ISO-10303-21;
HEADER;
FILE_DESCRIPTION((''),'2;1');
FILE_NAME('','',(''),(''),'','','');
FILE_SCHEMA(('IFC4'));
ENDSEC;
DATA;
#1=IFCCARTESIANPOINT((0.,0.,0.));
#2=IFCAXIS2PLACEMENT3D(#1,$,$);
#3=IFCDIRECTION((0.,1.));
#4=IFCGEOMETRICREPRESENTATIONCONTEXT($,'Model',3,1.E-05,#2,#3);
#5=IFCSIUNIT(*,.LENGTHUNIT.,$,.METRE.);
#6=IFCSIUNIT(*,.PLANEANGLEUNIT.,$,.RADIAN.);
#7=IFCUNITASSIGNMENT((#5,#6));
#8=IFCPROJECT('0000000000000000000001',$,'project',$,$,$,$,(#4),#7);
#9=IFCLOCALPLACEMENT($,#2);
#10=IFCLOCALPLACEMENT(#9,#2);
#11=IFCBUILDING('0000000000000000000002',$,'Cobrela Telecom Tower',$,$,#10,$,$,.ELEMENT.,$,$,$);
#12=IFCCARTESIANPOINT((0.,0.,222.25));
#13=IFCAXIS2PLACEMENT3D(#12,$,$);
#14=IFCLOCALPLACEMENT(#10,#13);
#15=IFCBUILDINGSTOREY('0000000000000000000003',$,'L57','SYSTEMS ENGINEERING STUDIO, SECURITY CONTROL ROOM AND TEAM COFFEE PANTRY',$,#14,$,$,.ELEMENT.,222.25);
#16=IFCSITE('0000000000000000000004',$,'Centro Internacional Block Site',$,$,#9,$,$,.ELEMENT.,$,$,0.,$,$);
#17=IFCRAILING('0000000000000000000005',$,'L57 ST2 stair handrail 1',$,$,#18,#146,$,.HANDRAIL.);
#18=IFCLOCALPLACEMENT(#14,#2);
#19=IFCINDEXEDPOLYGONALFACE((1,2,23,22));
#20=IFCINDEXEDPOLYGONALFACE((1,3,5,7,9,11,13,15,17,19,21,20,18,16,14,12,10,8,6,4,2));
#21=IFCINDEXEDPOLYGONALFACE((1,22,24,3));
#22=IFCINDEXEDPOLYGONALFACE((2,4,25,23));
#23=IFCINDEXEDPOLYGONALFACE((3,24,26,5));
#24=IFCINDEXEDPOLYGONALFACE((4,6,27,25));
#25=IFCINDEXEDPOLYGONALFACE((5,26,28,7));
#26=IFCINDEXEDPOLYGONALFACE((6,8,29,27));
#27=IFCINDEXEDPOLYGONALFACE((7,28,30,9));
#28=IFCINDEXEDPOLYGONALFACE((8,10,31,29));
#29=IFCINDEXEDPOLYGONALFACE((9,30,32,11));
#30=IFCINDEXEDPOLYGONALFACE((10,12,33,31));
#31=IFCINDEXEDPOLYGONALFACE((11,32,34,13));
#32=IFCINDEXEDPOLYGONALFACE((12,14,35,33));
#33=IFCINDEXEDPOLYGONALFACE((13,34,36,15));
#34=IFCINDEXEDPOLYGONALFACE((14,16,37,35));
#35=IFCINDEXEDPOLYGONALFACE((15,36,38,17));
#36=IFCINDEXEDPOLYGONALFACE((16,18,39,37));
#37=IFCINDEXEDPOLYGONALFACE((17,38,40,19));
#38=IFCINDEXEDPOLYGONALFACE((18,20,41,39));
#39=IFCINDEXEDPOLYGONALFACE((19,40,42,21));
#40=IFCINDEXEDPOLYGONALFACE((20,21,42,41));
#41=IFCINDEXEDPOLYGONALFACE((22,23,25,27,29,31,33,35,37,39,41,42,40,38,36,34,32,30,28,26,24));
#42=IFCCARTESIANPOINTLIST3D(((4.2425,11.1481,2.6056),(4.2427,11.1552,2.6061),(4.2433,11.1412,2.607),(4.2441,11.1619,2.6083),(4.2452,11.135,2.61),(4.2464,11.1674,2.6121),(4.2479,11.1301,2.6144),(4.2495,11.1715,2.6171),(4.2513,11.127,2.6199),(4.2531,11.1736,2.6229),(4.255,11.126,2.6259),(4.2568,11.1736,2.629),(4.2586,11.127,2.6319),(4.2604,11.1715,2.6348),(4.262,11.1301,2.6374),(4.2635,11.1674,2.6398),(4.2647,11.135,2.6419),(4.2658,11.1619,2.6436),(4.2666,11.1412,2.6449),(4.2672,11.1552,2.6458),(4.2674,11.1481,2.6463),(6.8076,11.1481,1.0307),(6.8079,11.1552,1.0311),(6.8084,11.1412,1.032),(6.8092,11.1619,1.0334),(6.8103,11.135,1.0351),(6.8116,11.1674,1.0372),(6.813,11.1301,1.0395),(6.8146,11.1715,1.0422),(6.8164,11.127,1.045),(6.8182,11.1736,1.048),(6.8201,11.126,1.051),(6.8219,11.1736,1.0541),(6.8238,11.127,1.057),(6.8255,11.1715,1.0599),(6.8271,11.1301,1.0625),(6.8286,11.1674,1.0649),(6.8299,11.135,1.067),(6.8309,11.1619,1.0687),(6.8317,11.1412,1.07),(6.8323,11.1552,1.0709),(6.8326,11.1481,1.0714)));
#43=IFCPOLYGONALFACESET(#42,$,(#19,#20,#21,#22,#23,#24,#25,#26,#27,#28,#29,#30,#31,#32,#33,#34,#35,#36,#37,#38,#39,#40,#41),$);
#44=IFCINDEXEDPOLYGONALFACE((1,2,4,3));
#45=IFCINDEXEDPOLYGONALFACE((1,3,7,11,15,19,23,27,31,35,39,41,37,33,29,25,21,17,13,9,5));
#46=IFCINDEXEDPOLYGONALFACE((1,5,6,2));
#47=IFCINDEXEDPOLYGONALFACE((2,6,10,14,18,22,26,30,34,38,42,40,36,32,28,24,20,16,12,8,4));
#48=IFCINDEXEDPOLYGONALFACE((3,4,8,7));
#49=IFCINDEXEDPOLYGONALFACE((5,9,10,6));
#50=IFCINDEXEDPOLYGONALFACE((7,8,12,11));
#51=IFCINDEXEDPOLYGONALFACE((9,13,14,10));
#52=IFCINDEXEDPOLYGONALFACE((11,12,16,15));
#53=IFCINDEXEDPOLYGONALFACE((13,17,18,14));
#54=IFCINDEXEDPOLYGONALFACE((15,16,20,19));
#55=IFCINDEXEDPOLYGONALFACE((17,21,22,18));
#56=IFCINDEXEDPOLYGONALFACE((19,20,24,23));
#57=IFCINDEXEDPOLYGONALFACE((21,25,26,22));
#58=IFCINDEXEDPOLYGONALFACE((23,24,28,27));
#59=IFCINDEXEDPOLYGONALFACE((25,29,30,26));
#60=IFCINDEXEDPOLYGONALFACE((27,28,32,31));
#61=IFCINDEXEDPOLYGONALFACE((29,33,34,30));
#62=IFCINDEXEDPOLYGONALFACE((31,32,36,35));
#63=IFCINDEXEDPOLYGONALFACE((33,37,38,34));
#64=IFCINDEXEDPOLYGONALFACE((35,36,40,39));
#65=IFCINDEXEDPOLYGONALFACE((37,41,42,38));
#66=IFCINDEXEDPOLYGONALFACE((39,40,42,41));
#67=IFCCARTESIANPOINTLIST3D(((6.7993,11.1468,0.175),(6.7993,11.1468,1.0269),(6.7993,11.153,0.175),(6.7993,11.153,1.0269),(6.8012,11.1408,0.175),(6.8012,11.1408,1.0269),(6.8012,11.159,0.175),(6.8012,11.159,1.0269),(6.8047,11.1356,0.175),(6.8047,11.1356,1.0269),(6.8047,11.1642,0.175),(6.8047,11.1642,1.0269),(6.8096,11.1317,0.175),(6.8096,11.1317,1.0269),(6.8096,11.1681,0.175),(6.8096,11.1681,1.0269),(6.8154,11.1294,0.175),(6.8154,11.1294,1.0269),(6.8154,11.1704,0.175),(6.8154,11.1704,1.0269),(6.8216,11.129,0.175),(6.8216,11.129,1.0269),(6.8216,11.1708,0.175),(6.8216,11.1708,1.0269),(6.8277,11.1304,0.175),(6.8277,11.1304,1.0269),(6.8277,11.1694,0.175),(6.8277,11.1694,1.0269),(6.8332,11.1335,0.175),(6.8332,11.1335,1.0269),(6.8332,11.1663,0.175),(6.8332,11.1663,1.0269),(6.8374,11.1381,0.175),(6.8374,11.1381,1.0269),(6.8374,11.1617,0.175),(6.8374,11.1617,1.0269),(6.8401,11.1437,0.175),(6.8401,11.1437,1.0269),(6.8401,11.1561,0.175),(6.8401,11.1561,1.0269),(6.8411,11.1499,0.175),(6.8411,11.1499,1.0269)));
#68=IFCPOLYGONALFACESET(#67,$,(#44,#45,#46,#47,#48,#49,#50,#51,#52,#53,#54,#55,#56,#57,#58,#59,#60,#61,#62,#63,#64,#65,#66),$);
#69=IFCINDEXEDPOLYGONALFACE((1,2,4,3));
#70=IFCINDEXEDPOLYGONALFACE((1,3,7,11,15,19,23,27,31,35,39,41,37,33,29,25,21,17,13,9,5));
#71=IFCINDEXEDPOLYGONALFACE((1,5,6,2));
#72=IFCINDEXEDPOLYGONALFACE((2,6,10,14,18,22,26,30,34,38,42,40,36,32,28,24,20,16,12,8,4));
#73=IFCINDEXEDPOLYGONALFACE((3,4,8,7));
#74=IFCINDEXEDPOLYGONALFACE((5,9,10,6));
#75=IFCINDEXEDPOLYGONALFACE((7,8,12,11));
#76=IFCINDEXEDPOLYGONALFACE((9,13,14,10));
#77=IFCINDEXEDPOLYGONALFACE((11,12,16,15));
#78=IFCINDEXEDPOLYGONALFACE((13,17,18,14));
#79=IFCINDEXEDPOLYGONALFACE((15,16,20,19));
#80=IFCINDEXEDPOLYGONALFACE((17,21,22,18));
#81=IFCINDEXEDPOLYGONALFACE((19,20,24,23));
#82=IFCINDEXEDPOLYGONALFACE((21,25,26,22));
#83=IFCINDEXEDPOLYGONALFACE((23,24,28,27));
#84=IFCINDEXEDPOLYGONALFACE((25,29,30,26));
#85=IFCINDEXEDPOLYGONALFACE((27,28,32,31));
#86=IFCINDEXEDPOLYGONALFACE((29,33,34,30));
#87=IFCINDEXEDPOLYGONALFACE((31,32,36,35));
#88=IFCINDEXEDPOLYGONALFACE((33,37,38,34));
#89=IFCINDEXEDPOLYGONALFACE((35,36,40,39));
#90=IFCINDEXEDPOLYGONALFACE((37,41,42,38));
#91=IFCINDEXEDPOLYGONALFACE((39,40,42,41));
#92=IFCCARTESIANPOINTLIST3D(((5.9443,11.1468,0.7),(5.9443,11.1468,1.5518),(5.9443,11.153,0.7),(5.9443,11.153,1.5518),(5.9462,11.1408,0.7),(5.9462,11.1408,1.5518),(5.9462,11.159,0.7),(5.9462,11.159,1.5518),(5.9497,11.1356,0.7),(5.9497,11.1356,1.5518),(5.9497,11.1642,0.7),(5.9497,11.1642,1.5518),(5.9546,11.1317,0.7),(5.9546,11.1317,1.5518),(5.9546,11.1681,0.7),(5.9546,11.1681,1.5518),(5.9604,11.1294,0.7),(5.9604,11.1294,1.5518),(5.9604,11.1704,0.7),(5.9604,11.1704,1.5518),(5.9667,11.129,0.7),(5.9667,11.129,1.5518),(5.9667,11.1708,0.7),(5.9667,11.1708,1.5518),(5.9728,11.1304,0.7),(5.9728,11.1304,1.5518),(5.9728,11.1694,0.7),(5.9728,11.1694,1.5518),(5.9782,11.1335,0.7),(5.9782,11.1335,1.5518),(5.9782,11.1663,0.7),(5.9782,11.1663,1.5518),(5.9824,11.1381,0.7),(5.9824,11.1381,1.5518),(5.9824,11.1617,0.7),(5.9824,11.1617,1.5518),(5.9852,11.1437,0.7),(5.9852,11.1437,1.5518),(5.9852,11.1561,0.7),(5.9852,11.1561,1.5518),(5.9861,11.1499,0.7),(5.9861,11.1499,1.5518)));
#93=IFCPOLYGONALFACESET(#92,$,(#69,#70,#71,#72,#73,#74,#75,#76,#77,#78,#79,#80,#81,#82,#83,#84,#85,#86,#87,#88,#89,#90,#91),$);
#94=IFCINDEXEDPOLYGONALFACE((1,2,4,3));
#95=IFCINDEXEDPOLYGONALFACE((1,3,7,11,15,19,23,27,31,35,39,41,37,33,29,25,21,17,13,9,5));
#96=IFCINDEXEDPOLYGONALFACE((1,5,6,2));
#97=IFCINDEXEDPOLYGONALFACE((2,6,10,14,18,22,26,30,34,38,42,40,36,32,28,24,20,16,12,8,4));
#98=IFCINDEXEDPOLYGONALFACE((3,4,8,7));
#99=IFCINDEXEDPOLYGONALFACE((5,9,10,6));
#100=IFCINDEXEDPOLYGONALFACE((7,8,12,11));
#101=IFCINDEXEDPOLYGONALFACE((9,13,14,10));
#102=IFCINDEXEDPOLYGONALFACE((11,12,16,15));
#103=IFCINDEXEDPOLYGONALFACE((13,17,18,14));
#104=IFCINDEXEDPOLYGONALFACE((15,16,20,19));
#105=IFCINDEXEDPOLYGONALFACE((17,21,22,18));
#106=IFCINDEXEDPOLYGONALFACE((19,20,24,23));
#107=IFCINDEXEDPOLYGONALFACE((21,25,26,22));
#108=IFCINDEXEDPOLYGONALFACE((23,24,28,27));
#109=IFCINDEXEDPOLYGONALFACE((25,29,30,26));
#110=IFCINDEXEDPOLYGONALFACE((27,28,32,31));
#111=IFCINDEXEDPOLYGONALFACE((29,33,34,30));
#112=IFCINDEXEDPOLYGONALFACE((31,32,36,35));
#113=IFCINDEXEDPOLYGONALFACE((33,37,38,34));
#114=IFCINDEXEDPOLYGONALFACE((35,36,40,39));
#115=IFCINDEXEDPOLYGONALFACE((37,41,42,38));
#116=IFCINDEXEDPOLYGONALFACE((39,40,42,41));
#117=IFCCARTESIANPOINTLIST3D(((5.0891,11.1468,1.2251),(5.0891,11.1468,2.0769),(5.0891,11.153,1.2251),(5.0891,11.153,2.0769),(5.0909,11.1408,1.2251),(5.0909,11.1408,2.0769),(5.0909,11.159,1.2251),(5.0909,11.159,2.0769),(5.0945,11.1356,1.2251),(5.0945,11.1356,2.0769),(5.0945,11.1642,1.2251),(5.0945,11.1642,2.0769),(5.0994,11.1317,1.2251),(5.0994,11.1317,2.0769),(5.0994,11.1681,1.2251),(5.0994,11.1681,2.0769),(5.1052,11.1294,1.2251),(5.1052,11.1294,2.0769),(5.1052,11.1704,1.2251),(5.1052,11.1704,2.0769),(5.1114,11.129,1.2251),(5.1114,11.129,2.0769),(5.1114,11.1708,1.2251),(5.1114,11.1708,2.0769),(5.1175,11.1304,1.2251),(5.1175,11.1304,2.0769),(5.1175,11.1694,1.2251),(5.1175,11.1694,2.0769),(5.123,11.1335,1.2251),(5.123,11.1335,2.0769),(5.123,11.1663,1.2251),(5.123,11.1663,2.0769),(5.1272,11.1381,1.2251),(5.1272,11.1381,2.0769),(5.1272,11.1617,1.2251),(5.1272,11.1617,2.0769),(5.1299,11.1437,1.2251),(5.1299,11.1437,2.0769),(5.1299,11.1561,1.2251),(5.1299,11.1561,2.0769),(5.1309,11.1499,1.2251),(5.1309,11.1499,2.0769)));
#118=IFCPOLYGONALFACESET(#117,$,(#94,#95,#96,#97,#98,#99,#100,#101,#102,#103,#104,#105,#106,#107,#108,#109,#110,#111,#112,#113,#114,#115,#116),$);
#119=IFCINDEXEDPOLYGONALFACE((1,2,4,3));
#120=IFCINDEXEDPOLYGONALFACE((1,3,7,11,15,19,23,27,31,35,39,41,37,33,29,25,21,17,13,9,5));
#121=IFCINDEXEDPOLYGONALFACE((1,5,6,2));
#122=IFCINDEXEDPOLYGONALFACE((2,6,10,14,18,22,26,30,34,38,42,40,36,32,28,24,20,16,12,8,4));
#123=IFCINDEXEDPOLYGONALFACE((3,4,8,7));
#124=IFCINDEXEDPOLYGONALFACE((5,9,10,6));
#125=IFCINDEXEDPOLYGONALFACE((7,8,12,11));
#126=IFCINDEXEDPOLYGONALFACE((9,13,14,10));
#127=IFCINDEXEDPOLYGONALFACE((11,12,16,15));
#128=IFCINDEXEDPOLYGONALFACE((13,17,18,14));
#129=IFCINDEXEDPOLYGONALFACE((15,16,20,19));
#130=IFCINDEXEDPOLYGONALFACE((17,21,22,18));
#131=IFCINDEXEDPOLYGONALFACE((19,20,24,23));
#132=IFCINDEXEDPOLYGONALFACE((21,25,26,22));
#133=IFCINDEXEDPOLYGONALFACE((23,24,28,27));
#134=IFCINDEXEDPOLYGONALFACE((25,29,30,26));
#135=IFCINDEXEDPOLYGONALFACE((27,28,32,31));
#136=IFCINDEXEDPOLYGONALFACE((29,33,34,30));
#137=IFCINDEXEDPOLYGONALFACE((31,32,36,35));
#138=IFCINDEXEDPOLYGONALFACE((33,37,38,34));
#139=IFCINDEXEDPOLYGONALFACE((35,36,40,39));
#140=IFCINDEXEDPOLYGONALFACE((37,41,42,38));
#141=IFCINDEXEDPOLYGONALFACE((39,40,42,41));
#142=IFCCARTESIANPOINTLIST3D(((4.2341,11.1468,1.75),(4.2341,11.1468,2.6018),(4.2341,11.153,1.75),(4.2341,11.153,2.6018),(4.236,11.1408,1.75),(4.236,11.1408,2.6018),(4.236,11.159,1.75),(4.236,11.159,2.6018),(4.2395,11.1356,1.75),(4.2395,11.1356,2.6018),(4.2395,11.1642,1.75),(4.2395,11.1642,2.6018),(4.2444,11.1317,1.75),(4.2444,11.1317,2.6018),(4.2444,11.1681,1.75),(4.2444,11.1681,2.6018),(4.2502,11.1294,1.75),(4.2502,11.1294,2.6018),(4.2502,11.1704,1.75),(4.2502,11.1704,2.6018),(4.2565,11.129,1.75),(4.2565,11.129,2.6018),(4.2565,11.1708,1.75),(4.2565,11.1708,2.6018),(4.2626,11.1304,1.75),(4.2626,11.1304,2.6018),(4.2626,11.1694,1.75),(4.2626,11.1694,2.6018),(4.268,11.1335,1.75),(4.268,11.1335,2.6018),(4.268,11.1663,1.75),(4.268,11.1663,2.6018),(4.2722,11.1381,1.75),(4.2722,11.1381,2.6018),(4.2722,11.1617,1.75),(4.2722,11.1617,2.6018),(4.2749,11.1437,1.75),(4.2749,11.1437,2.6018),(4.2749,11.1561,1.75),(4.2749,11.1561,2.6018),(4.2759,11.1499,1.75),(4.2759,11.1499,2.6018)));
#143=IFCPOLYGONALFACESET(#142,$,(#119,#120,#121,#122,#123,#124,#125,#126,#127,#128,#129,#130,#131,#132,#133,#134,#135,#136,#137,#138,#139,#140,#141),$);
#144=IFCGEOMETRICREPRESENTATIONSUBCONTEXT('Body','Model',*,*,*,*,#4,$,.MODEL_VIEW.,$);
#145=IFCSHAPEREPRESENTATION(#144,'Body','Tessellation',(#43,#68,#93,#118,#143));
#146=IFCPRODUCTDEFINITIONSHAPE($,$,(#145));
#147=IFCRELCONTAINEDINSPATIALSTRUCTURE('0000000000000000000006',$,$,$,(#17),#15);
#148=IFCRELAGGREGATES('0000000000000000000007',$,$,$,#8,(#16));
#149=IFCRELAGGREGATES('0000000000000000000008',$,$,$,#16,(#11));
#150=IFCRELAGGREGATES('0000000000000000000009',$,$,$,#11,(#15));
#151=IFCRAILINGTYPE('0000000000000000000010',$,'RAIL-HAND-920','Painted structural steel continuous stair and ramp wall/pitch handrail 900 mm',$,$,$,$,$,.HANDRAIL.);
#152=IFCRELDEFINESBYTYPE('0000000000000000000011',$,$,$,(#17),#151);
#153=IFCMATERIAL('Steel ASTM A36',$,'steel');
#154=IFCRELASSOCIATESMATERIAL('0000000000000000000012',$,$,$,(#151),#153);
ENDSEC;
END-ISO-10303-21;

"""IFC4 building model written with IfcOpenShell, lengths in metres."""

from ifc_helpers import new_model, si_unit, direction, frame, origin, origin_2d, place, context, subcontext, project, spatial, circle, extrude, material, type_object, element, save


model = new_model("IFC4")

# Units and contexts
model_context = context("Model", 3, precision=1e-05, world=origin(), true_north=direction((0.0, 1.0)))
body_context = subcontext(model_context, "Body", "Model", "MODEL_VIEW")
ifc_project = project(units=[si_unit("LENGTHUNIT", "METRE"), si_unit("PLANEANGLEUNIT", "RADIAN")], contexts=[model_context])

# Site, building, storey
site_placement = place(None, origin())
site = spatial("IfcSite", under=ifc_project, at=site_placement, Name="Centro Internacional Block Site", CompositionType="ELEMENT", RefElevation=0.0)
building_placement = place(site_placement, origin())
building = spatial("IfcBuilding", under=site, at=building_placement, Name="Cobrela Telecom Tower", CompositionType="ELEMENT")
storey_placement = place(building_placement, frame((0.0, 0.0, 222.25)))
storey = spatial("IfcBuildingStorey", under=building, at=storey_placement, Name="L57", Description="SYSTEMS ENGINEERING STUDIO, SECURITY CONTROL ROOM AND TEAM COFFEE PANTRY", CompositionType="ELEMENT", Elevation=222.25)

# Railing
ifc_material_1 = material(Name="Steel ASTM A36", Category="steel")
railing_type_1 = type_object("IfcRailingType", Name="RAIL-HAND-920", Description="Painted structural steel continuous stair and ramp wall/pitch handrail 900 mm", PredefinedType="HANDRAIL", material=ifc_material_1)
railing_1_placement = place(storey_placement, frame((6.8201, 11.1499, 0.175)))
element("IfcRailing", 1, at=railing_1_placement, inside=storey, type_object=railing_type_1, Name="L57 ST2 stair handrail 1", PredefinedType="HANDRAIL", context=body_context, shape_type="SweptSolid", body=[
    extrude(circle(Radius=0.0239, at=origin_2d()), frame((0.0, 0.0, 0.876), z_axis=(-0.852195, 0.0, 0.523224), x_axis=(0.0, -1.0, 0.0)), (0.0, 0.0, 1.0), 3.01),
    extrude(circle(Radius=0.021, at=origin_2d()), origin(), (0.0, 0.0, 1.0), 0.8518),
    extrude(circle(Radius=0.021, at=origin_2d()), frame((-0.855, 0.0, 0.5249)), (0.0, 0.0, 1.0), 0.8518),
    extrude(circle(Radius=0.021, at=origin_2d()), frame((-1.7102, 0.0, 1.05)), (0.0, 0.0, 1.0), 0.8518),
    extrude(circle(Radius=0.021, at=origin_2d()), frame((-2.5652, 0.0, 1.575)), (0.0, 0.0, 1.0), 0.8518),
])

save(model, "model.ifc")
